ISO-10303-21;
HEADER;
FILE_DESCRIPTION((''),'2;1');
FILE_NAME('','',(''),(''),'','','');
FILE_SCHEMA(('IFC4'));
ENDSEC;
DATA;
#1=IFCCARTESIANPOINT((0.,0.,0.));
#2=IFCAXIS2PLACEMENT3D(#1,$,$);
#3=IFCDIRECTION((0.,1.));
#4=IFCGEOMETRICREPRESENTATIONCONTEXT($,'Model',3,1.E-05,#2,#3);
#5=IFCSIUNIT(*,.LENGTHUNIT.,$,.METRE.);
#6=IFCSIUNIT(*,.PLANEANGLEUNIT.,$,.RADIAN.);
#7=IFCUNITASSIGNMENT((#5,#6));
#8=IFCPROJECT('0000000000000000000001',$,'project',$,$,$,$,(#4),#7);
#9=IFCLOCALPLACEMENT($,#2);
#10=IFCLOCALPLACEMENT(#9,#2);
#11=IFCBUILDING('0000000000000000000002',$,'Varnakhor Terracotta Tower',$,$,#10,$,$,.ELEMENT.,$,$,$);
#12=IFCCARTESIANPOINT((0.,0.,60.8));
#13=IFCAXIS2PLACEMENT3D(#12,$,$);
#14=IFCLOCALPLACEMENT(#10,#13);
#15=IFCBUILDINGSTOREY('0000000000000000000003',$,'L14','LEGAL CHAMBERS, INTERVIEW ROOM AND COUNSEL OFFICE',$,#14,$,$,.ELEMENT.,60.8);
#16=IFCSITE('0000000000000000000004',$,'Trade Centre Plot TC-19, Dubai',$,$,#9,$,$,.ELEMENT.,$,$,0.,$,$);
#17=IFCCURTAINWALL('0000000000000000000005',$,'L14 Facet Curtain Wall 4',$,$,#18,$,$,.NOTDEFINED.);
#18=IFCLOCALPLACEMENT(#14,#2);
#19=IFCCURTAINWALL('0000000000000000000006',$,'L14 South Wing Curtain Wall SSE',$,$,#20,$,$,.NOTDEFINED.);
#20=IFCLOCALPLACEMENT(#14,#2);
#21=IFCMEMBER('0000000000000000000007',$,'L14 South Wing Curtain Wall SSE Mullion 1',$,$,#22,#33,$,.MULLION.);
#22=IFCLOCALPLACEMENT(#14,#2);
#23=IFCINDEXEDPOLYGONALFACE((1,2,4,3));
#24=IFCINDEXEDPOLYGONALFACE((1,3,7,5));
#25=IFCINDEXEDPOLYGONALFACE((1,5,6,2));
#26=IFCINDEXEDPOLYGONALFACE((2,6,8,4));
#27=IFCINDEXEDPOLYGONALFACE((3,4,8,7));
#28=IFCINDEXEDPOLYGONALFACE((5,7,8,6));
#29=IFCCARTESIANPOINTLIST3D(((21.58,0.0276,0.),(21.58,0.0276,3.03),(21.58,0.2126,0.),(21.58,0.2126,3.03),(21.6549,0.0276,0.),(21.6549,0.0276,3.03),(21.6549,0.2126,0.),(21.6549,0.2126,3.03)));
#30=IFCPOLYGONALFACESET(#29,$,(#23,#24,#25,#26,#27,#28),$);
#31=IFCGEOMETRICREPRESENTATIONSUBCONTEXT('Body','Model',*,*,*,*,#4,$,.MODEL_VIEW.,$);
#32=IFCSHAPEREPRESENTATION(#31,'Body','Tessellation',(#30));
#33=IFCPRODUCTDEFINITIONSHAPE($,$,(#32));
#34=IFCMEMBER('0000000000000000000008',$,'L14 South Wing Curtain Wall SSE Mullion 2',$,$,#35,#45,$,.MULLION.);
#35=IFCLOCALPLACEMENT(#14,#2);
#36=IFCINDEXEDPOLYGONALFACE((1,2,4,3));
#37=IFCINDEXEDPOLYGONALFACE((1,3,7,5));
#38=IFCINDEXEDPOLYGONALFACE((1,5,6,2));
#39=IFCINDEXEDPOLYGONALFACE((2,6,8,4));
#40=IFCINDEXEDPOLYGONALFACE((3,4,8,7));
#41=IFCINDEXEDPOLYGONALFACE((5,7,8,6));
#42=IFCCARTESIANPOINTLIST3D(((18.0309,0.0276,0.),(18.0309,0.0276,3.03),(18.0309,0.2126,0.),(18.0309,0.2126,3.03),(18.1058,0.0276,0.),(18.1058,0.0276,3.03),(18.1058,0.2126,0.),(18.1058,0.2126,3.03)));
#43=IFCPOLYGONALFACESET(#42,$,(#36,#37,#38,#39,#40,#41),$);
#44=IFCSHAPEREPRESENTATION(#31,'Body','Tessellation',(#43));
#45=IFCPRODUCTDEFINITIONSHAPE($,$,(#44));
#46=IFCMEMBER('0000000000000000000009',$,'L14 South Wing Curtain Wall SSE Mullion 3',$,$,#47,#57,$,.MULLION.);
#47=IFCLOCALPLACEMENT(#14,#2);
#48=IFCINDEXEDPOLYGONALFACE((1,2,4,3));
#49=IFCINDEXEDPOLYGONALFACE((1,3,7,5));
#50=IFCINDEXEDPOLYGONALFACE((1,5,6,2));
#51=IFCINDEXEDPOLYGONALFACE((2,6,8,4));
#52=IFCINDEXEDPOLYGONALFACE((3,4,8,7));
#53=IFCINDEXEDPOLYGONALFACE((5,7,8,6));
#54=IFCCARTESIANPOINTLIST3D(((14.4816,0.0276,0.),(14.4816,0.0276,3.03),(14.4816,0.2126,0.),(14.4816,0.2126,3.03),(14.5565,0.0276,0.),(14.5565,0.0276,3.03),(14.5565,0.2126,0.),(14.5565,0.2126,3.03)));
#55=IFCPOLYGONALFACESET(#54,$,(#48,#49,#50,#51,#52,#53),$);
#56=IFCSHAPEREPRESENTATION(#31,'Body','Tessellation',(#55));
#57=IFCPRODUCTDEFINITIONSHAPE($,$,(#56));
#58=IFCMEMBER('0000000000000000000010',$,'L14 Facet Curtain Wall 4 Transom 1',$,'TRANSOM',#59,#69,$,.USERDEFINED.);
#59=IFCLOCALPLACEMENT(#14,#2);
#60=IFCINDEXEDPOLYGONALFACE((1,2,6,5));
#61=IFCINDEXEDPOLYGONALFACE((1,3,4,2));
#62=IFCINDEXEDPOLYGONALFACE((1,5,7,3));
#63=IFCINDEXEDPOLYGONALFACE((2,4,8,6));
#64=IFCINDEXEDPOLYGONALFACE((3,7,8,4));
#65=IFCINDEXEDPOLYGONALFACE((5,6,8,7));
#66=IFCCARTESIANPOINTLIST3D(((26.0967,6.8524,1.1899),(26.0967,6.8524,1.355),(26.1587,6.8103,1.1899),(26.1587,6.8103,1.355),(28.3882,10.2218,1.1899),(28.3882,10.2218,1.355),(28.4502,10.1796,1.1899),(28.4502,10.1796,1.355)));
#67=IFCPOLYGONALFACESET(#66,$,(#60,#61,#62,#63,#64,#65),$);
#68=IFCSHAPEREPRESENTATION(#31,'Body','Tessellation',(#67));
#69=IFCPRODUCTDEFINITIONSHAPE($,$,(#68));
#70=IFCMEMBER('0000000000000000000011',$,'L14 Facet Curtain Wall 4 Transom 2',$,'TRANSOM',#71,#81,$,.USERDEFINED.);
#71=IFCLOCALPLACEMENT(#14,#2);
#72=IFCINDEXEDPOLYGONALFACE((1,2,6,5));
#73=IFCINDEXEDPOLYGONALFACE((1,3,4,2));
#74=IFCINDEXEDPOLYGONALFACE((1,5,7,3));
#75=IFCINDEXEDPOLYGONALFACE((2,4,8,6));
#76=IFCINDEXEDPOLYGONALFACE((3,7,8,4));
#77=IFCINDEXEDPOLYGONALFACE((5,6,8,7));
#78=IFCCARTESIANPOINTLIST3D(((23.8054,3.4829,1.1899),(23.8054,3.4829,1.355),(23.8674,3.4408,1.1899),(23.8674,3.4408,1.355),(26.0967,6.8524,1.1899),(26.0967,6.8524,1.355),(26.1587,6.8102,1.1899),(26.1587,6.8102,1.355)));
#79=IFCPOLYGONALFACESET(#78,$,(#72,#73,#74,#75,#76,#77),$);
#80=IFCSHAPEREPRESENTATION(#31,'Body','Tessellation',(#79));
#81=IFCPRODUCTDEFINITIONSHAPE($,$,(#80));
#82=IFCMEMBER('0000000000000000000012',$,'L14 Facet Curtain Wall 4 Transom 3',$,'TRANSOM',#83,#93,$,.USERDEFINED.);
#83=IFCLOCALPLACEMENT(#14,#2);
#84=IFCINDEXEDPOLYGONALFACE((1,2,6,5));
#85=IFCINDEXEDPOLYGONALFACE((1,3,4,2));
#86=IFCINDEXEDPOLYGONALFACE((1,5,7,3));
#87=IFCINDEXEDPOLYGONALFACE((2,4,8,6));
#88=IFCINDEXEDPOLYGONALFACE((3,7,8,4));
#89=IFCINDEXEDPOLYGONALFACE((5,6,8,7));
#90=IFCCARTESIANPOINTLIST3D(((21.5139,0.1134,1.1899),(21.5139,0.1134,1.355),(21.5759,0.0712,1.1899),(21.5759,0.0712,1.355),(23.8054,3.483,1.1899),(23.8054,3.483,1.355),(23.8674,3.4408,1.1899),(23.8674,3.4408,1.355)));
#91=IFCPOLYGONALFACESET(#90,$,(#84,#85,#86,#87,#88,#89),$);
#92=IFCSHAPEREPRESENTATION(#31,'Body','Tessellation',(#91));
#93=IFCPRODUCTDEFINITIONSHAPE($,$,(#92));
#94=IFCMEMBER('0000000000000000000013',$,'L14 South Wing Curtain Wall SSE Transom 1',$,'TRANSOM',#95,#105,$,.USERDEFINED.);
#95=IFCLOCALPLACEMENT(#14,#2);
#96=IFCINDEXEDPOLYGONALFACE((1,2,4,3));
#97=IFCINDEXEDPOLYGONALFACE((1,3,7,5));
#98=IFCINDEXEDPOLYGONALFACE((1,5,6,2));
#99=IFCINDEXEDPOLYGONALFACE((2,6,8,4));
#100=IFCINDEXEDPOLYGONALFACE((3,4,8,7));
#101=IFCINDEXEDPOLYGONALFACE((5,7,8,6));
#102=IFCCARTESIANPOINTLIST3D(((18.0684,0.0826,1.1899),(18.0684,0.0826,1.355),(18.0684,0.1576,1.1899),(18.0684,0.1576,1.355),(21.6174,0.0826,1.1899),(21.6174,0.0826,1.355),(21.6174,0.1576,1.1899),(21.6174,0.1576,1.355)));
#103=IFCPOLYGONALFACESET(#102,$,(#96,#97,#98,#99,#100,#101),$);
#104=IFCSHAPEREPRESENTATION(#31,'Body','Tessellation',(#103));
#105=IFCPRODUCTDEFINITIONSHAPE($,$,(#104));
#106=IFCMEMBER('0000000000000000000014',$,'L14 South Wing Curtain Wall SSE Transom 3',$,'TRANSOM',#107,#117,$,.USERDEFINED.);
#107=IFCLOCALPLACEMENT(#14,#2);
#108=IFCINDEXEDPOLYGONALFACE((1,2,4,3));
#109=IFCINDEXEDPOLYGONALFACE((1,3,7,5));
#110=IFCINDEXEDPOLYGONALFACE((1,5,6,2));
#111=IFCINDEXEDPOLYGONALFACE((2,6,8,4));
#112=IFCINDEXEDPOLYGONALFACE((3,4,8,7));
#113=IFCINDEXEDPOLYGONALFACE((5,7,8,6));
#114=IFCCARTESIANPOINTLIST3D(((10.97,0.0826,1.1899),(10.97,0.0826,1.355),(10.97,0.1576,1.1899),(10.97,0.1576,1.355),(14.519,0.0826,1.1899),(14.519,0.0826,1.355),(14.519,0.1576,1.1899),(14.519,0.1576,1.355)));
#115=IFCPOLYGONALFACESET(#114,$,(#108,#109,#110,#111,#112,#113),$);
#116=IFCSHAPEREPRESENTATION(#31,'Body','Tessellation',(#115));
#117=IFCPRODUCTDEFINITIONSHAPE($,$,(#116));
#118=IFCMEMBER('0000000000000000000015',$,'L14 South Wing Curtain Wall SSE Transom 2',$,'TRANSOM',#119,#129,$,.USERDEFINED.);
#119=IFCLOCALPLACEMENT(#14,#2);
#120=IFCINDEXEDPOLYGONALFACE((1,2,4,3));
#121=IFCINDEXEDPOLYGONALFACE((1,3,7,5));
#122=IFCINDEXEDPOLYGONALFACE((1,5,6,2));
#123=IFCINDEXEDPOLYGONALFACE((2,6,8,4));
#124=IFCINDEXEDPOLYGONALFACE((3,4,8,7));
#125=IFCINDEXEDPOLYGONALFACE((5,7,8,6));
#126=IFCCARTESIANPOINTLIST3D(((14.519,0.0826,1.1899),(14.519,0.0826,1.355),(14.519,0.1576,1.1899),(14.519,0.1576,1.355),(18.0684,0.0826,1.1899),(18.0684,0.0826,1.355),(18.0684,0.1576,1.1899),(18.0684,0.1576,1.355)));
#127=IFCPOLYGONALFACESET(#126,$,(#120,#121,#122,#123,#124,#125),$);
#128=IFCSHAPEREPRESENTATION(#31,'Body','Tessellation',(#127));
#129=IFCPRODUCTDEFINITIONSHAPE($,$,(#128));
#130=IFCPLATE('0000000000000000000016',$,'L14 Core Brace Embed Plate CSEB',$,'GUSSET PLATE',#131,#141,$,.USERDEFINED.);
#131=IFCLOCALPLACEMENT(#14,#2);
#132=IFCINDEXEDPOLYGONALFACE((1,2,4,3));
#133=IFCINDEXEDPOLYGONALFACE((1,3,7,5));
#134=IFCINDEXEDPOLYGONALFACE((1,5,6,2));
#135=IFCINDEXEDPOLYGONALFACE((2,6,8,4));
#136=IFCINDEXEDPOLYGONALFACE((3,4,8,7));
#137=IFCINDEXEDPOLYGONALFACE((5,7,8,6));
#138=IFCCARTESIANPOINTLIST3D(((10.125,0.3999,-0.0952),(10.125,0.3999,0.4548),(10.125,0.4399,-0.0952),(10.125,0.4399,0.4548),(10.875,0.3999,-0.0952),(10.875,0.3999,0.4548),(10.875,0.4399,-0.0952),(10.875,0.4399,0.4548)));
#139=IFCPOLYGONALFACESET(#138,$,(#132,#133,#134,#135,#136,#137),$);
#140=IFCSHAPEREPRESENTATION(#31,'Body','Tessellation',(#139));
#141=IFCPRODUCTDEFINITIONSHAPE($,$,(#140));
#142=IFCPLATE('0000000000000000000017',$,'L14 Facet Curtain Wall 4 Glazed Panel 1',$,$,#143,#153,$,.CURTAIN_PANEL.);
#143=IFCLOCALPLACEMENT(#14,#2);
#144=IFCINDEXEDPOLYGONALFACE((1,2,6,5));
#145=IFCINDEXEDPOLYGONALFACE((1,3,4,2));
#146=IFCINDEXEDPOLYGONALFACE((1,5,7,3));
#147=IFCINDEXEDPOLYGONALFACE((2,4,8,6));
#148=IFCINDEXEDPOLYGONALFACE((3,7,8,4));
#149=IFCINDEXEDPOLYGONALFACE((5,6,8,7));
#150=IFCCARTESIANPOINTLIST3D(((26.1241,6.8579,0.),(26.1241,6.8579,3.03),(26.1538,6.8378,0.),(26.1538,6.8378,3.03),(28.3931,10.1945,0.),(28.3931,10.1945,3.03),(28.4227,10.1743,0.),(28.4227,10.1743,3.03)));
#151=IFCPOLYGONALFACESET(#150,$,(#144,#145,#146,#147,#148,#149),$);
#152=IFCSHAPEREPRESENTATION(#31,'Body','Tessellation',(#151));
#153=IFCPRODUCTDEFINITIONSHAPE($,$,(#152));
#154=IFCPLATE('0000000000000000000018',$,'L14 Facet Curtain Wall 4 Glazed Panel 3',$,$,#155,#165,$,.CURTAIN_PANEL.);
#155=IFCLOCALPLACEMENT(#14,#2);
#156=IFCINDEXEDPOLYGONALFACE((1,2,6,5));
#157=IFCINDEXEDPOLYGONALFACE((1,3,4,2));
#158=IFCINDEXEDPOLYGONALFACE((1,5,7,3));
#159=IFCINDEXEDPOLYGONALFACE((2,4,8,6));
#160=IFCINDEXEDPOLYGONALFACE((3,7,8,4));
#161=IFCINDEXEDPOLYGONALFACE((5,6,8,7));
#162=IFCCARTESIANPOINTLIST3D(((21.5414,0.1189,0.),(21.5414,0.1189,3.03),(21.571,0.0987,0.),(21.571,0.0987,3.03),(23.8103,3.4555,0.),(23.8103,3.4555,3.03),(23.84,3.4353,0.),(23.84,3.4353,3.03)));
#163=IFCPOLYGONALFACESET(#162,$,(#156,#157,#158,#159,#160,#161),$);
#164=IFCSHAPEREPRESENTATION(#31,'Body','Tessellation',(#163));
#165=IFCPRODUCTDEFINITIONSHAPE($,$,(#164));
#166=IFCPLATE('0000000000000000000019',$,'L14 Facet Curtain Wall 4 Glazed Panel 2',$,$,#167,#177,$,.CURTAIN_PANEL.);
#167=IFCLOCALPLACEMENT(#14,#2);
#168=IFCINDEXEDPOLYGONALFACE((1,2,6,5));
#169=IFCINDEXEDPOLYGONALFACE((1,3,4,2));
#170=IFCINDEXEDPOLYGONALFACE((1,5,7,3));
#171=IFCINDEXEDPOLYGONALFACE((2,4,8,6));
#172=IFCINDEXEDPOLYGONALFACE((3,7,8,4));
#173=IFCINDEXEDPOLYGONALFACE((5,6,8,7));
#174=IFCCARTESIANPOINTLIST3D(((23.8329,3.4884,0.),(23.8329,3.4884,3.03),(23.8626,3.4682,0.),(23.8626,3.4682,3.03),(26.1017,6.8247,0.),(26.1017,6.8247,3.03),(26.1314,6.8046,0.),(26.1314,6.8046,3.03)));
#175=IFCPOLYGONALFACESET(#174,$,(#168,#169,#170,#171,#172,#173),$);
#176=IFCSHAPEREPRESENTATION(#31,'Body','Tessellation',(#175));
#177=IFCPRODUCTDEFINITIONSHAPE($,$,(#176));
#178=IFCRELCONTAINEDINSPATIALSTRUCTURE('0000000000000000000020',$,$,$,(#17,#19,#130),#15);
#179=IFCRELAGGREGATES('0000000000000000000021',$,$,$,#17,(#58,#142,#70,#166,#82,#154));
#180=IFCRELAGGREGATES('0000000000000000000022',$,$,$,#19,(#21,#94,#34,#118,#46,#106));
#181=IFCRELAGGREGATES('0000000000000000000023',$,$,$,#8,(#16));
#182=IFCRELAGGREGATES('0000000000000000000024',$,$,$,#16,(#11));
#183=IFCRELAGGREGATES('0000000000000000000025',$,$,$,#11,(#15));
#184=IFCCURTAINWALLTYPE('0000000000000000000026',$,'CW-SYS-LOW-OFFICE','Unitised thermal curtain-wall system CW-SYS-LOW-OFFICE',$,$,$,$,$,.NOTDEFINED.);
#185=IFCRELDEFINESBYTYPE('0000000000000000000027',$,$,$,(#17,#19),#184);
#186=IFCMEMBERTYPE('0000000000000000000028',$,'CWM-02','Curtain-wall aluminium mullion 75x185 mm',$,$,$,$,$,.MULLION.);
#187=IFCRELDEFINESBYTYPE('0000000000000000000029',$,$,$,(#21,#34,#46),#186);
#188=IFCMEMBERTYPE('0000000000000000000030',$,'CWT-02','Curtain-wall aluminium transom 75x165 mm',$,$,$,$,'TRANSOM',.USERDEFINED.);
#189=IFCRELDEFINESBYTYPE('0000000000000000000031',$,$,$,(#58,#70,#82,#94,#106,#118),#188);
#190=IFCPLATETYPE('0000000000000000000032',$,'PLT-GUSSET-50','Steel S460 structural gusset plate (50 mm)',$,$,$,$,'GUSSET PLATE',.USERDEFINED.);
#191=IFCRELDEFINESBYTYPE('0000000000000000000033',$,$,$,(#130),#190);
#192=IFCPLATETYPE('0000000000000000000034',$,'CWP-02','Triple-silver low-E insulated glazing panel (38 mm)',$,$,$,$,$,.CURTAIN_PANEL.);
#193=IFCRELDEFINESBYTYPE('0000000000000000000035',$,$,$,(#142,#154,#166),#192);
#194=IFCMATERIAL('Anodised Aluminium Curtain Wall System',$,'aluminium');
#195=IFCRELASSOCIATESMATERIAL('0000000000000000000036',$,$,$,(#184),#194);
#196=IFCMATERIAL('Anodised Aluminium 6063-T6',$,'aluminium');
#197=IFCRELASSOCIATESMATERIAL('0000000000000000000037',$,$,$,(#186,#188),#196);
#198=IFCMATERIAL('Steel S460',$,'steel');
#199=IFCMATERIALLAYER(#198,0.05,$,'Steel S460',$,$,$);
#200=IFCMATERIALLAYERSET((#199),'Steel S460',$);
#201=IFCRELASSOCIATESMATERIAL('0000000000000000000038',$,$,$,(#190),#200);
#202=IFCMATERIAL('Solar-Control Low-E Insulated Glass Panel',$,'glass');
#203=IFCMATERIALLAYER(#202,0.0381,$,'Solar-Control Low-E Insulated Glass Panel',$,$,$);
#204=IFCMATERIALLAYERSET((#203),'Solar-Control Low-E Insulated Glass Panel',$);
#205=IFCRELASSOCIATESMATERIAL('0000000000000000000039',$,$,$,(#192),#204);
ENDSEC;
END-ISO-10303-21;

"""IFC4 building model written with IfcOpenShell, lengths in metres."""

from ifc_helpers import new_model, si_unit, direction, frame, origin, origin_2d, place, context, subcontext, project, spatial, rectangle, extrude, source, transform, mapped, material, layer, layer_set, material_profile, profile_set, type_object, type_shapes, element, aggregate, save


model = new_model("IFC4")

# Units and contexts
model_context = context("Model", 3, precision=1e-05, world=origin(), true_north=direction((0.0, 1.0)))
body_context = subcontext(model_context, "Body", "Model", "MODEL_VIEW")
ifc_project = project(units=[si_unit("LENGTHUNIT", "METRE"), si_unit("PLANEANGLEUNIT", "RADIAN")], contexts=[model_context])

# Site, building, storey
site_placement = place(None, origin())
site = spatial("IfcSite", under=ifc_project, at=site_placement, Name="Trade Centre Plot TC-19, Dubai", CompositionType="ELEMENT", RefElevation=0.0)
building_placement = place(site_placement, origin())
building = spatial("IfcBuilding", under=site, at=building_placement, Name="Varnakhor Terracotta Tower", CompositionType="ELEMENT")
storey_placement = place(building_placement, frame((0.0, 0.0, 60.8)))
storey = spatial("IfcBuildingStorey", under=building, at=storey_placement, Name="L14", Description="LEGAL CHAMBERS, INTERVIEW ROOM AND COUNSEL OFFICE", CompositionType="ELEMENT", Elevation=60.8)

# Shared definitions
ifc_material_1 = material(Name="Steel S460", Category="steel")

# Curtain walls, members
ifc_material_2 = material(Name="Anodised Aluminium Curtain Wall System", Category="aluminium")
curtain_wall_type = type_object("IfcCurtainWallType", Name="CW-SYS-LOW-OFFICE", Description="Unitised thermal curtain-wall system CW-SYS-LOW-OFFICE", PredefinedType="NOTDEFINED", material=ifc_material_2)
curtain_wall_1_placement = place(storey_placement, origin())
curtain_wall_1 = element("IfcCurtainWall", 1, at=curtain_wall_1_placement, inside=storey, type_object=curtain_wall_type, Name="L14 Facet Curtain Wall 4", PredefinedType="NOTDEFINED")
ifc_material_3 = material(Name="Anodised Aluminium 6063-T6", Category="aluminium")
ifc_material_profile_1 = material_profile(ifc_material_3, rectangle(XDim=0.075, YDim=0.1851, at=origin_2d()), Name="ALU MULLION 75x185")
ifc_profile_set_1 = profile_set([ifc_material_profile_1], Name="Anodised Aluminium 6063-T6")
member_type_1 = type_object("IfcMemberType", Name="CWM-02", Description="Curtain-wall aluminium mullion 75x185 mm", PredefinedType="MULLION", material=ifc_profile_set_1)
shared_shape_1 = source(origin(), body_context, "Body", "SweptSolid", [
    extrude(rectangle(XDim=0.075, YDim=0.1851, at=origin_2d()), origin(), (0.0, 0.0, 1.0), 3.03),
])
type_shapes(member_type_1, [shared_shape_1])
curtain_wall_2_placement = place(storey_placement, origin())
curtain_wall_2 = element("IfcCurtainWall", 2, at=curtain_wall_2_placement, inside=storey, type_object=curtain_wall_type, Name="L14 South Wing Curtain Wall SSE", PredefinedType="NOTDEFINED")
member_1_placement = place(storey_placement, frame((21.6174, 0.1201, 0.0), z_axis=(0.0, 0.0, 1.0), x_axis=(1.0, 0.0, 0.0)))
member_1 = element("IfcMember", 3, at=member_1_placement, type_object=member_type_1, Name="L14 South Wing Curtain Wall SSE Mullion 1", PredefinedType="MULLION", context=body_context, shape_type="MappedRepresentation", body=[
    mapped(shared_shape_1, transform((0.0, 0.0, 0.0), scale=1.0)),
])
member_2_placement = place(storey_placement, frame((18.0684, 0.1201, 0.0), z_axis=(0.0, 0.0, 1.0), x_axis=(1.0, 0.0, 0.0)))
member_2 = element("IfcMember", 4, at=member_2_placement, type_object=member_type_1, Name="L14 South Wing Curtain Wall SSE Mullion 2", PredefinedType="MULLION", context=body_context, shape_type="MappedRepresentation", body=[
    mapped(shared_shape_1, transform((0.0, 0.0, 0.0), scale=1.0)),
])
member_3_placement = place(storey_placement, frame((14.519, 0.1201, 0.0), z_axis=(0.0, 0.0, 1.0), x_axis=(1.0, 0.0, 0.0)))
member_3 = element("IfcMember", 5, at=member_3_placement, type_object=member_type_1, Name="L14 South Wing Curtain Wall SSE Mullion 3", PredefinedType="MULLION", context=body_context, shape_type="MappedRepresentation", body=[
    mapped(shared_shape_1, transform((0.0, 0.0, 0.0), scale=1.0)),
])

# Members
ifc_material_profile_2 = material_profile(ifc_material_3, rectangle(XDim=0.075, YDim=0.165, at=origin_2d()), Name="ALU TRANSOM 75x165")
ifc_profile_set_2 = profile_set([ifc_material_profile_2], Name="Anodised Aluminium 6063-T6")
member_type_2 = type_object("IfcMemberType", Name="CWT-02", Description="Curtain-wall aluminium transom 75x165 mm", ElementType="TRANSOM", PredefinedType="USERDEFINED", material=ifc_profile_set_2)
shared_shape_2 = source(origin(), body_context, "Body", "SweptSolid", [
    extrude(rectangle(XDim=0.075, YDim=0.165, at=origin_2d()), origin(), (0.0, 0.0, 1.0), 4.0747),
])
member_4_placement = place(storey_placement, frame((28.4192, 10.2007, 1.2725), z_axis=(-0.562364, -0.82689, 0.0), x_axis=(0.82689, -0.562364, 0.0)))
member_4 = element("IfcMember", 6, at=member_4_placement, type_object=member_type_2, Name="L14 Facet Curtain Wall 4 Transom 1", ObjectType="TRANSOM", PredefinedType="USERDEFINED", context=body_context, shape_type="MappedRepresentation", body=[
    mapped(shared_shape_2, transform((0.0, 0.0, 0.0), scale=1.0)),
])
member_5_placement = place(storey_placement, frame((26.1277, 6.8313, 1.2725), z_axis=(-0.562323, -0.826918, 0.0), x_axis=(0.826918, -0.562323, 0.0)))
member_5 = element("IfcMember", 7, at=member_5_placement, type_object=member_type_2, Name="L14 Facet Curtain Wall 4 Transom 2", ObjectType="TRANSOM", PredefinedType="USERDEFINED", context=body_context, shape_type="MappedRepresentation", body=[
    mapped(shared_shape_2, transform((0.0, 0.0, 0.0), scale=1.0)),
])
shared_shape_3 = source(origin(), body_context, "Body", "SweptSolid", [
    extrude(rectangle(XDim=0.075, YDim=0.165, at=origin_2d()), origin(), (0.0, 0.0, 1.0), 4.075),
])
member_6_placement = place(storey_placement, frame((23.8364, 3.4619, 1.2725), z_axis=(-0.562336, -0.826909, 0.0), x_axis=(0.826909, -0.562336, 0.0)))
member_6 = element("IfcMember", 8, at=member_6_placement, type_object=member_type_2, Name="L14 Facet Curtain Wall 4 Transom 3", ObjectType="TRANSOM", PredefinedType="USERDEFINED", context=body_context, shape_type="MappedRepresentation", body=[
    mapped(shared_shape_3, transform((0.0, 0.0, 0.0), scale=1.0)),
])
shared_shape_4 = source(origin(), body_context, "Body", "SweptSolid", [
    extrude(rectangle(XDim=0.075, YDim=0.165, at=origin_2d()), origin(), (0.0, 0.0, 1.0), 3.5491),
])
member_7_placement = place(storey_placement, frame((21.6174, 0.1201, 1.2725), z_axis=(-1.0, 0.0, 0.0), x_axis=(0.0, -1.0, 0.0)))
member_7 = element("IfcMember", 9, at=member_7_placement, type_object=member_type_2, Name="L14 South Wing Curtain Wall SSE Transom 1", ObjectType="TRANSOM", PredefinedType="USERDEFINED", context=body_context, shape_type="MappedRepresentation", body=[
    mapped(shared_shape_4, transform((0.0, 0.0, 0.0), scale=1.0)),
])
member_8_placement = place(storey_placement, frame((14.519, 0.1201, 1.2725), z_axis=(-1.0, 0.0, 0.0), x_axis=(0.0, -1.0, 0.0)))
member_8 = element("IfcMember", 10, at=member_8_placement, type_object=member_type_2, Name="L14 South Wing Curtain Wall SSE Transom 3", ObjectType="TRANSOM", PredefinedType="USERDEFINED", context=body_context, shape_type="MappedRepresentation", body=[
    mapped(shared_shape_4, transform((0.0, 0.0, 0.0), scale=1.0)),
])
shared_shape_5 = source(origin(), body_context, "Body", "SweptSolid", [
    extrude(rectangle(XDim=0.075, YDim=0.165, at=origin_2d()), origin(), (0.0, 0.0, 1.0), 3.5493),
])
member_9_placement = place(storey_placement, frame((18.0684, 0.1201, 1.2725), z_axis=(-1.0, 0.0, 0.0), x_axis=(0.0, -1.0, 0.0)))
member_9 = element("IfcMember", 11, at=member_9_placement, type_object=member_type_2, Name="L14 South Wing Curtain Wall SSE Transom 2", ObjectType="TRANSOM", PredefinedType="USERDEFINED", context=body_context, shape_type="MappedRepresentation", body=[
    mapped(shared_shape_5, transform((0.0, 0.0, 0.0), scale=1.0)),
])

# Plates
ifc_layer_1 = layer(ifc_material_1, 0.05, Name="Steel S460")
ifc_layer_set_1 = layer_set([ifc_layer_1], Name="Steel S460")
plate_type_1 = type_object("IfcPlateType", Name="PLT-GUSSET-50", Description="Steel S460 structural gusset plate (50 mm)", ElementType="GUSSET PLATE", PredefinedType="USERDEFINED", material=ifc_layer_set_1)
shared_shape_6 = source(origin(), body_context, "Body", "SweptSolid", [
    extrude(rectangle(XDim=0.75, YDim=0.04, at=origin_2d()), origin(), (0.0, 0.0, 1.0), 0.55),
])
type_shapes(plate_type_1, [shared_shape_6])
plate_1_placement = place(storey_placement, frame((10.5, 0.4199, -0.0952), z_axis=(0.0, 0.0, 1.0), x_axis=(1.0, 0.0, 0.0)))
element("IfcPlate", 12, at=plate_1_placement, inside=storey, type_object=plate_type_1, Name="L14 Core Brace Embed Plate CSEB", ObjectType="GUSSET PLATE", PredefinedType="USERDEFINED", context=body_context, shape_type="MappedRepresentation", body=[
    mapped(shared_shape_6, transform((0.0, 0.0, 0.0), scale=1.0)),
])
ifc_material_4 = material(Name="Solar-Control Low-E Insulated Glass Panel", Category="glass")
ifc_layer_2 = layer(ifc_material_4, 0.0381, Name="Solar-Control Low-E Insulated Glass Panel")
ifc_layer_set_2 = layer_set([ifc_layer_2], Name="Solar-Control Low-E Insulated Glass Panel")
plate_type_2 = type_object("IfcPlateType", Name="CWP-02", Description="Triple-silver low-E insulated glazing panel (38 mm)", PredefinedType="CURTAIN_PANEL", material=ifc_layer_set_2)
shared_shape_7 = source(origin(), body_context, "Body", "SweptSolid", [
    extrude(rectangle(XDim=4.0349, YDim=0.0359, at=origin_2d()), origin(), (0.0, 0.0, 1.0), 3.03),
])
plate_2_placement = place(storey_placement, frame((27.2734, 8.5161, 0.0), z_axis=(0.0, 0.0, 1.0), x_axis=(-0.562329, -0.826914, 0.0)))
plate_2 = element("IfcPlate", 13, at=plate_2_placement, type_object=plate_type_2, Name="L14 Facet Curtain Wall 4 Glazed Panel 1", PredefinedType="CURTAIN_PANEL", context=body_context, shape_type="MappedRepresentation", body=[
    mapped(shared_shape_7, transform((0.0, 0.0, 0.0), scale=1.0)),
])
plate_3_placement = place(storey_placement, frame((22.6907, 1.7771, 0.0), z_axis=(0.0, 0.0, 1.0), x_axis=(-0.562329, -0.826914, 0.0)))
plate_3 = element("IfcPlate", 14, at=plate_3_placement, type_object=plate_type_2, Name="L14 Facet Curtain Wall 4 Glazed Panel 3", PredefinedType="CURTAIN_PANEL", context=body_context, shape_type="MappedRepresentation", body=[
    mapped(shared_shape_7, transform((0.0, 0.0, 0.0), scale=1.0)),
])
shared_shape_8 = source(origin(), body_context, "Body", "SweptSolid", [
    extrude(rectangle(XDim=4.0347, YDim=0.0359, at=origin_2d()), origin(), (0.0, 0.0, 1.0), 3.03),
])
plate_4_placement = place(storey_placement, frame((24.9822, 5.1465, 0.0), z_axis=(0.0, 0.0, 1.0), x_axis=(-0.562329, -0.826914, 0.0)))
plate_4 = element("IfcPlate", 15, at=plate_4_placement, type_object=plate_type_2, Name="L14 Facet Curtain Wall 4 Glazed Panel 2", PredefinedType="CURTAIN_PANEL", context=body_context, shape_type="MappedRepresentation", body=[
    mapped(shared_shape_8, transform((0.0, 0.0, 0.0), scale=1.0)),
])
aggregate(curtain_wall_1, [member_4, plate_2, member_5, plate_4, member_6, plate_3])
aggregate(curtain_wall_2, [member_1, member_7, member_2, member_9, member_3, member_8])

save(model, "model.ifc")
